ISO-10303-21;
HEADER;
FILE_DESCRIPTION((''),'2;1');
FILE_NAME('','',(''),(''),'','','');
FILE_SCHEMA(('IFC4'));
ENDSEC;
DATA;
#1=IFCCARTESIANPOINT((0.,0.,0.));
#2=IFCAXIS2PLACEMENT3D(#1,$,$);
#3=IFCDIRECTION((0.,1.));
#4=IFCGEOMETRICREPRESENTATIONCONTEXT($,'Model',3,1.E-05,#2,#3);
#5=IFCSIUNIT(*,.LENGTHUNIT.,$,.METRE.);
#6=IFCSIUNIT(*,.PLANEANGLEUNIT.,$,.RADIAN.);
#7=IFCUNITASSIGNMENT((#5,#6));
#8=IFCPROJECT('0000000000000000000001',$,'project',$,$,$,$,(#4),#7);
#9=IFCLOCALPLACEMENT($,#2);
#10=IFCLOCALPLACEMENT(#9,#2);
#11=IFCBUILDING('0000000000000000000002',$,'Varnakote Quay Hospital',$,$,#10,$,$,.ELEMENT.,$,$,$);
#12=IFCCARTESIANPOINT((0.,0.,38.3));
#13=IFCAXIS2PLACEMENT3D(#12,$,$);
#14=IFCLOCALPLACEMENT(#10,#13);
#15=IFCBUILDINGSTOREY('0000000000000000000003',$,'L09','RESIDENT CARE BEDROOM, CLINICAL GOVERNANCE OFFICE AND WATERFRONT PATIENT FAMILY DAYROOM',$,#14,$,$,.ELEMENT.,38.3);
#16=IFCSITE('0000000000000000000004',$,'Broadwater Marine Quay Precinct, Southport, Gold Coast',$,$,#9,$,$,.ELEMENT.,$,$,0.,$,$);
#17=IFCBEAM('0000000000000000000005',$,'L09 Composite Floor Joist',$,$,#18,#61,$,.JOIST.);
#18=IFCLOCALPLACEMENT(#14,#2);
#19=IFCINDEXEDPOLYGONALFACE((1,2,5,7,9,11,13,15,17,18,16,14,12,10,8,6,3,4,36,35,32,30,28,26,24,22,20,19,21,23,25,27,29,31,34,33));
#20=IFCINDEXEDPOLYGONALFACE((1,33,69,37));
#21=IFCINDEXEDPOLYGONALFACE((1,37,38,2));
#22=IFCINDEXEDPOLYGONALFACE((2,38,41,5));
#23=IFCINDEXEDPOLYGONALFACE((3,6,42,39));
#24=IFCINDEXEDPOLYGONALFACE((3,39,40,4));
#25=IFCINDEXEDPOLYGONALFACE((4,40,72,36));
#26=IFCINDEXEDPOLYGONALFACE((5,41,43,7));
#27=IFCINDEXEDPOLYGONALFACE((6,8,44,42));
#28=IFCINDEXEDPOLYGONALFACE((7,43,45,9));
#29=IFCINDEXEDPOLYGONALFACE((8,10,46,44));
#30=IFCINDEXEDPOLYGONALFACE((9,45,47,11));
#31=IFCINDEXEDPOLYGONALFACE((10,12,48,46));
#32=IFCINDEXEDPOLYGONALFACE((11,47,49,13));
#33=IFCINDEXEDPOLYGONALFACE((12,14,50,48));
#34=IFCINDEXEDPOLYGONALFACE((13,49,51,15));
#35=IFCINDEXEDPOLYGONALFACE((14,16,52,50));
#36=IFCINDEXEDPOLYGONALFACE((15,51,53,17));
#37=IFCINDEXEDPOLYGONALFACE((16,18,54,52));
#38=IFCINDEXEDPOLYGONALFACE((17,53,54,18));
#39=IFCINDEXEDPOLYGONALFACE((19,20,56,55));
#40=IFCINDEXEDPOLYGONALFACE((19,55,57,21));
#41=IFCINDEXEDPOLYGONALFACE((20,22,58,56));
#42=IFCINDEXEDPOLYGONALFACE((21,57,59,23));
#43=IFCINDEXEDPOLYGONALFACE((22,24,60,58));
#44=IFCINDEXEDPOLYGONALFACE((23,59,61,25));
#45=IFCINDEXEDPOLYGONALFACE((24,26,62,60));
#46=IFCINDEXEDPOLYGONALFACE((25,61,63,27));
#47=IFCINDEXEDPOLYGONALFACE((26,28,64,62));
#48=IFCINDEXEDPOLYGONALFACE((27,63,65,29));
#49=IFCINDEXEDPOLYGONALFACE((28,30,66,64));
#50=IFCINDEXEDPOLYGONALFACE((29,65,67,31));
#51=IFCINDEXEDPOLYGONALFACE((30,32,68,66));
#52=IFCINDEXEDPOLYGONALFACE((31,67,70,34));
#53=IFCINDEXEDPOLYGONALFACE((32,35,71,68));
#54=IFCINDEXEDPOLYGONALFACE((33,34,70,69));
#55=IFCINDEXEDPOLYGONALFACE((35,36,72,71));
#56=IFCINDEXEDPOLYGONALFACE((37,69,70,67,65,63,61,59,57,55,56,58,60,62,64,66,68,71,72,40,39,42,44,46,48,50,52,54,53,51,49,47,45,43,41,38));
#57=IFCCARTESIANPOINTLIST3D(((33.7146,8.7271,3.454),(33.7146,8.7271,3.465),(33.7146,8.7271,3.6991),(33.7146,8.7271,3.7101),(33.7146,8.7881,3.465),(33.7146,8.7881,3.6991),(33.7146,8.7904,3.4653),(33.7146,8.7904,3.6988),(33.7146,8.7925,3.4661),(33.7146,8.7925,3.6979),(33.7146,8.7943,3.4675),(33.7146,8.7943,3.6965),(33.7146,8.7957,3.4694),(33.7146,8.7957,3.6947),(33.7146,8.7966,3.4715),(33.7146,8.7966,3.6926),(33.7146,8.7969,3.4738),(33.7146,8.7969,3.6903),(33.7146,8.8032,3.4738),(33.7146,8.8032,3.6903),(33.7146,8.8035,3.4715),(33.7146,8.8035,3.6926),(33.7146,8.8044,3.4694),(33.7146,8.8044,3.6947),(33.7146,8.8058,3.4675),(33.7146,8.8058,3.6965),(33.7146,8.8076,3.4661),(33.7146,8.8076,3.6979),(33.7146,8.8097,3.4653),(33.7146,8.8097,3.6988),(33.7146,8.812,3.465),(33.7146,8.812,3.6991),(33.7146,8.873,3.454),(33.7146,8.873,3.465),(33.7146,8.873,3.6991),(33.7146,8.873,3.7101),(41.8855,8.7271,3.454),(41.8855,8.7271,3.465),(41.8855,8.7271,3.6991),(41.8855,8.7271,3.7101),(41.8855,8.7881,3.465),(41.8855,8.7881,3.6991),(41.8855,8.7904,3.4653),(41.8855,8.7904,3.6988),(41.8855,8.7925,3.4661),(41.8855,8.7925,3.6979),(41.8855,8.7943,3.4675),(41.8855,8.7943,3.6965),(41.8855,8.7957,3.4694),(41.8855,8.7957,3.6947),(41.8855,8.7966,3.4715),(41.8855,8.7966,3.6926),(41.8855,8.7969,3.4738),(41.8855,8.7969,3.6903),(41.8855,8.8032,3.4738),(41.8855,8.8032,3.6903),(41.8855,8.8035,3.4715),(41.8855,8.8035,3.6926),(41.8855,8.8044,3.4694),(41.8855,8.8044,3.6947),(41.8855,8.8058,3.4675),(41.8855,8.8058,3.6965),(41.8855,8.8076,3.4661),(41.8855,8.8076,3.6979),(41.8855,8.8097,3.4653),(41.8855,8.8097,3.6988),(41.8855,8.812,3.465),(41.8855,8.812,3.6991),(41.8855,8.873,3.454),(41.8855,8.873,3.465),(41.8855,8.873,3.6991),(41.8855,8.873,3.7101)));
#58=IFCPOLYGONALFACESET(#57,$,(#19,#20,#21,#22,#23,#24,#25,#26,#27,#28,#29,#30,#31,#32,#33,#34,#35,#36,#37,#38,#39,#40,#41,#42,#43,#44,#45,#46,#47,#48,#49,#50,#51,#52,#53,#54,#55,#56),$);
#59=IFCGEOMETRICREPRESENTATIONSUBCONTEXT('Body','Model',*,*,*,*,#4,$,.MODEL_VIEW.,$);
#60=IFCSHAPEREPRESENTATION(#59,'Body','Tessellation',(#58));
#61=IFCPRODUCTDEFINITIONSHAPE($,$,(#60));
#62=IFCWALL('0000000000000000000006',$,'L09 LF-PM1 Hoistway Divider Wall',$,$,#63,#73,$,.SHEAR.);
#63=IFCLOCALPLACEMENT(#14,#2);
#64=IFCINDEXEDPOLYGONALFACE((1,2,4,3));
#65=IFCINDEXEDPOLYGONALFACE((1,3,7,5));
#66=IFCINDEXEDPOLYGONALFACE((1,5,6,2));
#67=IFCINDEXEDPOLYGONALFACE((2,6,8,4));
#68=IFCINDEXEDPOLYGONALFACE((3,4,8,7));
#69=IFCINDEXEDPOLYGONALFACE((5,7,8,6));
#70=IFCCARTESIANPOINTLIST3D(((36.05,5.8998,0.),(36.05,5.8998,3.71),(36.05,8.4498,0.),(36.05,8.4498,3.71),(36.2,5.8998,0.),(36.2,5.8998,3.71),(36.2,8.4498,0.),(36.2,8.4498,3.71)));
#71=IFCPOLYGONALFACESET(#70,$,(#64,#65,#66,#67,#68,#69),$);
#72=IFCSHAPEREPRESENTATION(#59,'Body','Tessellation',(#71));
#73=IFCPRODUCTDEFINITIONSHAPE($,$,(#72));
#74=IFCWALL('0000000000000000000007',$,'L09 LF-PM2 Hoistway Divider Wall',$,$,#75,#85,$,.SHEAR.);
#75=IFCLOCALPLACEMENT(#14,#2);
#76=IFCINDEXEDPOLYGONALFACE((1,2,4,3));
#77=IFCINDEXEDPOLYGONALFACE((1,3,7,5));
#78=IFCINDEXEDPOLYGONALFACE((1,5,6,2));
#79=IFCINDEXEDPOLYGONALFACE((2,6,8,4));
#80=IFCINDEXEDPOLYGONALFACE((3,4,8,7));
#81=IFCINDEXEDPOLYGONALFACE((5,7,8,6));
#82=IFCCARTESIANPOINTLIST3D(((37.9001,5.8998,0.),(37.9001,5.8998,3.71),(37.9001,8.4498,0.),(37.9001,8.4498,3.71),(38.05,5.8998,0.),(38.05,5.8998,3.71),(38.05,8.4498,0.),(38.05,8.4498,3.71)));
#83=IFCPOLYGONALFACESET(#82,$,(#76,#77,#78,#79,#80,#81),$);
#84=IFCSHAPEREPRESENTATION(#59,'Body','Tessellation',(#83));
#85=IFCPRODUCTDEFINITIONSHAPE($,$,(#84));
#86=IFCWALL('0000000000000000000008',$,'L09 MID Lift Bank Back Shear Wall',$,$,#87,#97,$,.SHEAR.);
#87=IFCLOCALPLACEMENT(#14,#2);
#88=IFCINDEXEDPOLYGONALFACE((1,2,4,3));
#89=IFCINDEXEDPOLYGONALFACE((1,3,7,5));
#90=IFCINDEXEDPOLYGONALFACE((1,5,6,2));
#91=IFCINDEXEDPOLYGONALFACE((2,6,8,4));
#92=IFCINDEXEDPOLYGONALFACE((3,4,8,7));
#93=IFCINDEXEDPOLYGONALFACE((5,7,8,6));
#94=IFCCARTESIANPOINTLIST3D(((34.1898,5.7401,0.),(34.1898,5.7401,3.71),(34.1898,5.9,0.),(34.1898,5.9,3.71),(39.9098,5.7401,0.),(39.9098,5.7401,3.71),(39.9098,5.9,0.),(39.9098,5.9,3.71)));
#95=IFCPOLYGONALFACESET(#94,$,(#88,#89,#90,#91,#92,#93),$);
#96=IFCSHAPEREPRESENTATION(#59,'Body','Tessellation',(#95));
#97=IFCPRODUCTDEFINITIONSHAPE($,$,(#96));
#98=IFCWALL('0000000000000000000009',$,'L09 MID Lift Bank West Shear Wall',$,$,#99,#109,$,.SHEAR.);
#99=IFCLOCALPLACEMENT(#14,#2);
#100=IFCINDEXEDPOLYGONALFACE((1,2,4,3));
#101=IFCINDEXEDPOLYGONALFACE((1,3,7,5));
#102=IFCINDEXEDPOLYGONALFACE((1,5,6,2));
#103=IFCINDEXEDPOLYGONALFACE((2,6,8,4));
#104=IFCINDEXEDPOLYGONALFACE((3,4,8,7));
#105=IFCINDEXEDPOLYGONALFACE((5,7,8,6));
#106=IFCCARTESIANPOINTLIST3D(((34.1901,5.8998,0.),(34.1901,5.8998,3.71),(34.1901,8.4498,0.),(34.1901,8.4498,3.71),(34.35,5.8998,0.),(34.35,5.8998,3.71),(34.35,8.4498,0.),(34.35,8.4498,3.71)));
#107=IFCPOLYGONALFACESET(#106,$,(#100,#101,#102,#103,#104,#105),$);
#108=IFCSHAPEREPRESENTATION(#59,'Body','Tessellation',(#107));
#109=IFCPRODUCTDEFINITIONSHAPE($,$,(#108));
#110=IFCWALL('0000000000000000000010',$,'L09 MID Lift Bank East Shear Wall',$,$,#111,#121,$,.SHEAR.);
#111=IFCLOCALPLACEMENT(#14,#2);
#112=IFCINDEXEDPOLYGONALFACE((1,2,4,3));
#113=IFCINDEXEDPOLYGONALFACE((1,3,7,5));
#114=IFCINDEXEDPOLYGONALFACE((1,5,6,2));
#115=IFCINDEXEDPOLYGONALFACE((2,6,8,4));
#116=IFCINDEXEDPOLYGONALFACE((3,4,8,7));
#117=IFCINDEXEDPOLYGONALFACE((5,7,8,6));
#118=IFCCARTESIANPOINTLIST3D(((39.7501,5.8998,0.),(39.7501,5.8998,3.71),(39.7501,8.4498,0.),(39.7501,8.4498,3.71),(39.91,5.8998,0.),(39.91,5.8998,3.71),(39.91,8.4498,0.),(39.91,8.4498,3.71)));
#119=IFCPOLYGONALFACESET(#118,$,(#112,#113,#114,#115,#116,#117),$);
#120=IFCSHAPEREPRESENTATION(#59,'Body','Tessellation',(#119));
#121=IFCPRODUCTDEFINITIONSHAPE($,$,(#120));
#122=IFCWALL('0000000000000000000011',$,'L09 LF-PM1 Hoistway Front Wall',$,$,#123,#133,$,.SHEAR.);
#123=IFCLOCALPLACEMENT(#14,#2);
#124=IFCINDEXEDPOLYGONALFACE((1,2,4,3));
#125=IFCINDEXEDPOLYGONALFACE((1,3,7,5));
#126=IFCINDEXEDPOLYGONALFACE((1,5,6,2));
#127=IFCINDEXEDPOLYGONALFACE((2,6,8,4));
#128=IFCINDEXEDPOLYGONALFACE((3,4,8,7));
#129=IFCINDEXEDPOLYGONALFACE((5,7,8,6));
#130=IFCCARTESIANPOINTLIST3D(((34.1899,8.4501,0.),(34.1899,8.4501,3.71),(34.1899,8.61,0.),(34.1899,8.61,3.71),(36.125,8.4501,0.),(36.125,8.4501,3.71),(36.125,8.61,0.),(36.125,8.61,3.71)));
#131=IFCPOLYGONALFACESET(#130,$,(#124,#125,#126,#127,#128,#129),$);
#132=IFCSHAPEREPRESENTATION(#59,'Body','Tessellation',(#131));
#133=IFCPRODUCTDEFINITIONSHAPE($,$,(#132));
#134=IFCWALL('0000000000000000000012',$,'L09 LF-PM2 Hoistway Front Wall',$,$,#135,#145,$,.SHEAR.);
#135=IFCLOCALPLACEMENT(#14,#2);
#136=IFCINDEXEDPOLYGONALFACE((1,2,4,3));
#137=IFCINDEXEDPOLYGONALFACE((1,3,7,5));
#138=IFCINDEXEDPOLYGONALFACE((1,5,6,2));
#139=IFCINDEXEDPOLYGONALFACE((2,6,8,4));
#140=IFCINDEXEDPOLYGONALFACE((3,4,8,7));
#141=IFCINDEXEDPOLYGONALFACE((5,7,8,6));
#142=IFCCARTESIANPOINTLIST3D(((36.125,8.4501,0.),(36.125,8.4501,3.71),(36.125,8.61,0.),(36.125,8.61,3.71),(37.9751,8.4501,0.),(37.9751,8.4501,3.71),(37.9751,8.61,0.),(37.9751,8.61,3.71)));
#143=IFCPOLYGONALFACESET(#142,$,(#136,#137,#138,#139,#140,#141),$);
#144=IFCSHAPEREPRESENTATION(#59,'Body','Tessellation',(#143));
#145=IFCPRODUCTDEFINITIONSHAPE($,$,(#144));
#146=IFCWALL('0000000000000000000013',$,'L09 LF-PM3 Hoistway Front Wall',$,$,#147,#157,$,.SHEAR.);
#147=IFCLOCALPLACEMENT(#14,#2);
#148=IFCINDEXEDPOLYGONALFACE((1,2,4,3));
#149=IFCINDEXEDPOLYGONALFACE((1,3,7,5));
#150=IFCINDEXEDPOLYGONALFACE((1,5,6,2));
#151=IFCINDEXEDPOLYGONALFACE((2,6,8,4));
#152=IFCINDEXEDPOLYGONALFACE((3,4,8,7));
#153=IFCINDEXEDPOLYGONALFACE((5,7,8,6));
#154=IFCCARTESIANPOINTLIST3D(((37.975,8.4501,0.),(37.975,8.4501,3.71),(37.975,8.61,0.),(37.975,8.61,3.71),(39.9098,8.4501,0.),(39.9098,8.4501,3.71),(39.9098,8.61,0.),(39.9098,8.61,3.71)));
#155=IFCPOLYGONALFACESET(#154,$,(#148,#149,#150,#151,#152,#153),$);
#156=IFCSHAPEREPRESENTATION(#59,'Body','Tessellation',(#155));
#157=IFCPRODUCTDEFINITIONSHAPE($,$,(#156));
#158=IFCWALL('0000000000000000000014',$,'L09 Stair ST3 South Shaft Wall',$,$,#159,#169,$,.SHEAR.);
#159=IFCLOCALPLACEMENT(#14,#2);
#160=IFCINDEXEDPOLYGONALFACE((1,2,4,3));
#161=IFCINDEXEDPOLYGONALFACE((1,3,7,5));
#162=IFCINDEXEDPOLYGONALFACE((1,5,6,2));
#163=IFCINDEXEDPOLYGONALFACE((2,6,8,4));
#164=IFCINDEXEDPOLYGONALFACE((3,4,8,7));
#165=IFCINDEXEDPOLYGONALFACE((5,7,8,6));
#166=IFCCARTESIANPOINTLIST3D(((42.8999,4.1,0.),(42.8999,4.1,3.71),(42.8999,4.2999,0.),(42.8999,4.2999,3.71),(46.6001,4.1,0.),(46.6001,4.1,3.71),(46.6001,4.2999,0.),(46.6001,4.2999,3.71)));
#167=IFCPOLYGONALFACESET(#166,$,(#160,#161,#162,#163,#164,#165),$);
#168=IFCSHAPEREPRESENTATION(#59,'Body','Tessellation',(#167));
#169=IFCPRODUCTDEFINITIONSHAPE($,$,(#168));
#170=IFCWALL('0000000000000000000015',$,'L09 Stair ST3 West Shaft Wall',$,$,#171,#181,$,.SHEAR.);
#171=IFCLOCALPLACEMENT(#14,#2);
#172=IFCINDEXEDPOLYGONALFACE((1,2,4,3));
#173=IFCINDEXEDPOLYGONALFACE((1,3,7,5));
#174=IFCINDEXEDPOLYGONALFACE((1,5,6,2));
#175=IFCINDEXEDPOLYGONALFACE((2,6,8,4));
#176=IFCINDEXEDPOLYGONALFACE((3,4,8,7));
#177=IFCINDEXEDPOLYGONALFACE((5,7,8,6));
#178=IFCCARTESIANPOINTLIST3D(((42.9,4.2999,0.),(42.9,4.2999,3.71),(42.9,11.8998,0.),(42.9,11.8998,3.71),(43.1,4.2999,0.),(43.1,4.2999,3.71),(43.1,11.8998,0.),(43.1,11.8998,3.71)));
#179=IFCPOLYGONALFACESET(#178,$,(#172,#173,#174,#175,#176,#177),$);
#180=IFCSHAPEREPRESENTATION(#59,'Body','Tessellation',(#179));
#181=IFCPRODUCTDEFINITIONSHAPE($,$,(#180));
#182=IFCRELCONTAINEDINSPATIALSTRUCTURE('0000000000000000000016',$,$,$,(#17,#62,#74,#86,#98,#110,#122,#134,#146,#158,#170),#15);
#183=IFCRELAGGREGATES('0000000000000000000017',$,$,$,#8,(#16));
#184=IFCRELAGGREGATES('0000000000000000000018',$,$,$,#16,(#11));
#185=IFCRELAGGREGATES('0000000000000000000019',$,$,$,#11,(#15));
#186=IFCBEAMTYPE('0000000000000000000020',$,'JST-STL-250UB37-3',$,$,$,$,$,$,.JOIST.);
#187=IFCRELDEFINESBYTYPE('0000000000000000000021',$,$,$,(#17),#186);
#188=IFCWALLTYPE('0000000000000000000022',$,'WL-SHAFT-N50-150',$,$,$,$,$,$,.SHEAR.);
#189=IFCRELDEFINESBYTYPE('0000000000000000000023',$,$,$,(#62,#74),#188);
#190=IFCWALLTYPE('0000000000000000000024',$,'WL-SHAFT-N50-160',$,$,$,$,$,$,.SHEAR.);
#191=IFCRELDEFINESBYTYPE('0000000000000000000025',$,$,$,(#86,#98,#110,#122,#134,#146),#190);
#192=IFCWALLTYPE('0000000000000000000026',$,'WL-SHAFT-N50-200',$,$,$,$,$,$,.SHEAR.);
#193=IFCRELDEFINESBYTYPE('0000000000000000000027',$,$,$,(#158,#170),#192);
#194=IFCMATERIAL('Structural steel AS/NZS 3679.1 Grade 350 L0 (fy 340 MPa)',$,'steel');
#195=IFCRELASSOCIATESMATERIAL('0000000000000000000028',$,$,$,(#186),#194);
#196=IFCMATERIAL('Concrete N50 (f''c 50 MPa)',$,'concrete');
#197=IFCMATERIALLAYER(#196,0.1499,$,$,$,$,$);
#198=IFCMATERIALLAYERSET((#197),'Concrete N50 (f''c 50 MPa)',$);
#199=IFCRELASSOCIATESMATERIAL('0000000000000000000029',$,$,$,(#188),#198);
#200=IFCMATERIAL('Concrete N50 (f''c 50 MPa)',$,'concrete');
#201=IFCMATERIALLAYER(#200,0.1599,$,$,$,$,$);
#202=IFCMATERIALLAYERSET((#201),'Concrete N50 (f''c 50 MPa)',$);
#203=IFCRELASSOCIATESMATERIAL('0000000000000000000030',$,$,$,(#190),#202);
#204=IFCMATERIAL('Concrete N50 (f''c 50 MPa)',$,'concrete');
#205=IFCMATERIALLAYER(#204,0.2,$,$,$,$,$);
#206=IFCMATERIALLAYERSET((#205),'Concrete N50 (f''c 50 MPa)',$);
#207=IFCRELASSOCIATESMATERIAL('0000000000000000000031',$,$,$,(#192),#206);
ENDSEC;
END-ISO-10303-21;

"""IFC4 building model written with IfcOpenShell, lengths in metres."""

from ifc_helpers import new_model, si_unit, direction, frame, frame_2d, origin, origin_2d, place, context, subcontext, project, spatial, rectangle, i_section, extrude, material, layer, layer_set, material_profile, profile_set, type_object, element, save


model = new_model("IFC4")

# Units and contexts
model_context = context("Model", 3, precision=1e-05, world=origin(), true_north=direction((0.0, 1.0)))
body_context = subcontext(model_context, "Body", "Model", "MODEL_VIEW")
ifc_project = project(units=[si_unit("LENGTHUNIT", "METRE"), si_unit("PLANEANGLEUNIT", "RADIAN")], contexts=[model_context])

# Site, building, storey
site_placement = place(None, origin())
site = spatial("IfcSite", under=ifc_project, at=site_placement, Name="Broadwater Marine Quay Precinct, Southport, Gold Coast", CompositionType="ELEMENT", RefElevation=0.0)
building_placement = place(site_placement, origin())
building = spatial("IfcBuilding", under=site, at=building_placement, Name="Varnakote Quay Hospital", CompositionType="ELEMENT")
storey_placement = place(building_placement, frame((0.0, 0.0, 38.3)))
storey = spatial("IfcBuildingStorey", under=building, at=storey_placement, Name="L09", Description="RESIDENT CARE BEDROOM, CLINICAL GOVERNANCE OFFICE AND WATERFRONT PATIENT FAMILY DAYROOM", CompositionType="ELEMENT", Elevation=38.3)

# Beam
ifc_material_1 = material(Name="Structural steel AS/NZS 3679.1 Grade 350 L0 (fy 340 MPa)", Category="steel")
ifc_material_profile_1 = material_profile(ifc_material_1, i_section(OverallWidth=0.146, OverallDepth=0.2561, WebThickness=0.0063, FlangeThickness=0.011, FilletRadius=0.0088, at=origin_2d()), Name="250UB37.3")
ifc_profile_set_1 = profile_set([ifc_material_profile_1], Name="Structural steel AS/NZS 3679.1 Grade 350 L0 (fy 340 MPa)")
beam_type_1 = type_object("IfcBeamType", Name="JST-STL-250UB37-3", PredefinedType="JOIST", material=ifc_profile_set_1)
beam_placement = place(storey_placement, frame((33.7146, 8.8, 3.582), z_axis=(1.0, 0.0, 0.0), x_axis=(0.0, 1.0, 0.0)))
element("IfcBeam", 1, at=beam_placement, inside=storey, type_object=beam_type_1, Name="L09 Composite Floor Joist", PredefinedType="JOIST", context=body_context, shape_type="SweptSolid", body=[
    extrude(i_section(OverallWidth=0.146, OverallDepth=0.2561, WebThickness=0.0063, FlangeThickness=0.011, FilletRadius=0.0088, at=origin_2d()), origin(), (0.0, 0.0, 1.0), 8.1709),
])

# Walls
ifc_material_2 = material(Name="Concrete N50 (f'c 50 MPa)", Category="concrete")
ifc_layer_1 = layer(ifc_material_2, 0.1499)
ifc_layer_set_1 = layer_set([ifc_layer_1], Name="Concrete N50 (f'c 50 MPa)")
wall_type_1 = type_object("IfcWallType", Name="WL-SHAFT-N50-150", PredefinedType="SHEAR", material=ifc_layer_set_1)
for number, where, z_axis, x_axis, name in (
    (2, (36.125, 5.8999, 0.0), (0.0, 0.0, 1.0), (0.0, 1.0, 0.0), "L09 LF-PM1 Hoistway Divider Wall"),
    (3, (37.9751, 5.8999, 0.0), (0.0, 0.0, 1.0), (0.0, 1.0, 0.0), "L09 LF-PM2 Hoistway Divider Wall"),
):
    element("IfcWall", number, at=place(storey_placement, frame(where, z_axis=z_axis, x_axis=x_axis)), inside=storey, type_object=wall_type_1, Name=name, PredefinedType="SHEAR", context=body_context, shape_type="SweptSolid", body=[
        extrude(rectangle(XDim=2.55, YDim=0.1499, at=frame_2d((1.2749, 0.0))), origin(), (0.0, 0.0, 1.0), 3.71),
    ])
ifc_material_3 = material(Name="Concrete N50 (f'c 50 MPa)", Category="concrete")
ifc_layer_2 = layer(ifc_material_3, 0.1599)
ifc_layer_set_2 = layer_set([ifc_layer_2], Name="Concrete N50 (f'c 50 MPa)")
wall_type_2 = type_object("IfcWallType", Name="WL-SHAFT-N50-160", PredefinedType="SHEAR", material=ifc_layer_set_2)
wall_1_placement = place(storey_placement, frame((34.1899, 5.8201, 0.0), z_axis=(0.0, 0.0, 1.0), x_axis=(1.0, 0.0, 0.0)))
element("IfcWall", 4, at=wall_1_placement, inside=storey, type_object=wall_type_2, Name="L09 MID Lift Bank Back Shear Wall", PredefinedType="SHEAR", context=body_context, shape_type="SweptSolid", body=[
    extrude(rectangle(XDim=5.72, YDim=0.1599, at=frame_2d((2.8599, 0.0))), origin(), (0.0, 0.0, 1.0), 3.71),
])
for number, where, z_axis, x_axis, name in (
    (5, (34.27, 5.8999, 0.0), (0.0, 0.0, 1.0), (0.0, 1.0, 0.0), "L09 MID Lift Bank West Shear Wall"),
    (6, (39.8301, 5.8999, 0.0), (0.0, 0.0, 1.0), (0.0, 1.0, 0.0), "L09 MID Lift Bank East Shear Wall"),
):
    element("IfcWall", number, at=place(storey_placement, frame(where, z_axis=z_axis, x_axis=x_axis)), inside=storey, type_object=wall_type_2, Name=name, PredefinedType="SHEAR", context=body_context, shape_type="SweptSolid", body=[
        extrude(rectangle(XDim=2.55, YDim=0.1599, at=frame_2d((1.2749, 0.0))), origin(), (0.0, 0.0, 1.0), 3.71),
    ])
wall_2_placement = place(storey_placement, frame((34.1899, 8.53, 0.0), z_axis=(0.0, 0.0, 1.0), x_axis=(1.0, 0.0, 0.0)))
element("IfcWall", 7, at=wall_2_placement, inside=storey, type_object=wall_type_2, Name="L09 LF-PM1 Hoistway Front Wall", PredefinedType="SHEAR", context=body_context, shape_type="SweptSolid", body=[
    extrude(rectangle(XDim=1.9351, YDim=0.1599, at=frame_2d((0.9675, 0.0))), origin(), (0.0, 0.0, 1.0), 3.71),
])
wall_3_placement = place(storey_placement, frame((36.125, 8.53, 0.0), z_axis=(0.0, 0.0, 1.0), x_axis=(1.0, 0.0, 0.0)))
element("IfcWall", 8, at=wall_3_placement, inside=storey, type_object=wall_type_2, Name="L09 LF-PM2 Hoistway Front Wall", PredefinedType="SHEAR", context=body_context, shape_type="SweptSolid", body=[
    extrude(rectangle(XDim=1.8501, YDim=0.1599, at=frame_2d((0.925, 0.0))), origin(), (0.0, 0.0, 1.0), 3.71),
])
wall_4_placement = place(storey_placement, frame((37.9751, 8.53, 0.0), z_axis=(0.0, 0.0, 1.0), x_axis=(1.0, 0.0, 0.0)))
element("IfcWall", 9, at=wall_4_placement, inside=storey, type_object=wall_type_2, Name="L09 LF-PM3 Hoistway Front Wall", PredefinedType="SHEAR", context=body_context, shape_type="SweptSolid", body=[
    extrude(rectangle(XDim=1.9348, YDim=0.1599, at=frame_2d((0.9673, 0.0))), origin(), (0.0, 0.0, 1.0), 3.71),
])
ifc_material_4 = material(Name="Concrete N50 (f'c 50 MPa)", Category="concrete")
ifc_layer_3 = layer(ifc_material_4, 0.2)
ifc_layer_set_3 = layer_set([ifc_layer_3], Name="Concrete N50 (f'c 50 MPa)")
wall_type_3 = type_object("IfcWallType", Name="WL-SHAFT-N50-200", PredefinedType="SHEAR", material=ifc_layer_set_3)
wall_5_placement = place(storey_placement, frame((42.8999, 4.2, 0.0), z_axis=(0.0, 0.0, 1.0), x_axis=(1.0, 0.0, 0.0)))
element("IfcWall", 10, at=wall_5_placement, inside=storey, type_object=wall_type_3, Name="L09 Stair ST3 South Shaft Wall", PredefinedType="SHEAR", context=body_context, shape_type="SweptSolid", body=[
    extrude(rectangle(XDim=3.7002, YDim=0.2, at=frame_2d((1.8501, 0.0))), origin(), (0.0, 0.0, 1.0), 3.71),
])
wall_6_placement = place(storey_placement, frame((43.0, 4.3, 0.0), z_axis=(0.0, 0.0, 1.0), x_axis=(0.0, 1.0, 0.0)))
element("IfcWall", 11, at=wall_6_placement, inside=storey, type_object=wall_type_3, Name="L09 Stair ST3 West Shaft Wall", PredefinedType="SHEAR", context=body_context, shape_type="SweptSolid", body=[
    extrude(rectangle(XDim=7.5999, YDim=0.2, at=frame_2d((3.7998, 0.0))), origin(), (0.0, 0.0, 1.0), 3.71),
])

save(model, "model.ifc")
